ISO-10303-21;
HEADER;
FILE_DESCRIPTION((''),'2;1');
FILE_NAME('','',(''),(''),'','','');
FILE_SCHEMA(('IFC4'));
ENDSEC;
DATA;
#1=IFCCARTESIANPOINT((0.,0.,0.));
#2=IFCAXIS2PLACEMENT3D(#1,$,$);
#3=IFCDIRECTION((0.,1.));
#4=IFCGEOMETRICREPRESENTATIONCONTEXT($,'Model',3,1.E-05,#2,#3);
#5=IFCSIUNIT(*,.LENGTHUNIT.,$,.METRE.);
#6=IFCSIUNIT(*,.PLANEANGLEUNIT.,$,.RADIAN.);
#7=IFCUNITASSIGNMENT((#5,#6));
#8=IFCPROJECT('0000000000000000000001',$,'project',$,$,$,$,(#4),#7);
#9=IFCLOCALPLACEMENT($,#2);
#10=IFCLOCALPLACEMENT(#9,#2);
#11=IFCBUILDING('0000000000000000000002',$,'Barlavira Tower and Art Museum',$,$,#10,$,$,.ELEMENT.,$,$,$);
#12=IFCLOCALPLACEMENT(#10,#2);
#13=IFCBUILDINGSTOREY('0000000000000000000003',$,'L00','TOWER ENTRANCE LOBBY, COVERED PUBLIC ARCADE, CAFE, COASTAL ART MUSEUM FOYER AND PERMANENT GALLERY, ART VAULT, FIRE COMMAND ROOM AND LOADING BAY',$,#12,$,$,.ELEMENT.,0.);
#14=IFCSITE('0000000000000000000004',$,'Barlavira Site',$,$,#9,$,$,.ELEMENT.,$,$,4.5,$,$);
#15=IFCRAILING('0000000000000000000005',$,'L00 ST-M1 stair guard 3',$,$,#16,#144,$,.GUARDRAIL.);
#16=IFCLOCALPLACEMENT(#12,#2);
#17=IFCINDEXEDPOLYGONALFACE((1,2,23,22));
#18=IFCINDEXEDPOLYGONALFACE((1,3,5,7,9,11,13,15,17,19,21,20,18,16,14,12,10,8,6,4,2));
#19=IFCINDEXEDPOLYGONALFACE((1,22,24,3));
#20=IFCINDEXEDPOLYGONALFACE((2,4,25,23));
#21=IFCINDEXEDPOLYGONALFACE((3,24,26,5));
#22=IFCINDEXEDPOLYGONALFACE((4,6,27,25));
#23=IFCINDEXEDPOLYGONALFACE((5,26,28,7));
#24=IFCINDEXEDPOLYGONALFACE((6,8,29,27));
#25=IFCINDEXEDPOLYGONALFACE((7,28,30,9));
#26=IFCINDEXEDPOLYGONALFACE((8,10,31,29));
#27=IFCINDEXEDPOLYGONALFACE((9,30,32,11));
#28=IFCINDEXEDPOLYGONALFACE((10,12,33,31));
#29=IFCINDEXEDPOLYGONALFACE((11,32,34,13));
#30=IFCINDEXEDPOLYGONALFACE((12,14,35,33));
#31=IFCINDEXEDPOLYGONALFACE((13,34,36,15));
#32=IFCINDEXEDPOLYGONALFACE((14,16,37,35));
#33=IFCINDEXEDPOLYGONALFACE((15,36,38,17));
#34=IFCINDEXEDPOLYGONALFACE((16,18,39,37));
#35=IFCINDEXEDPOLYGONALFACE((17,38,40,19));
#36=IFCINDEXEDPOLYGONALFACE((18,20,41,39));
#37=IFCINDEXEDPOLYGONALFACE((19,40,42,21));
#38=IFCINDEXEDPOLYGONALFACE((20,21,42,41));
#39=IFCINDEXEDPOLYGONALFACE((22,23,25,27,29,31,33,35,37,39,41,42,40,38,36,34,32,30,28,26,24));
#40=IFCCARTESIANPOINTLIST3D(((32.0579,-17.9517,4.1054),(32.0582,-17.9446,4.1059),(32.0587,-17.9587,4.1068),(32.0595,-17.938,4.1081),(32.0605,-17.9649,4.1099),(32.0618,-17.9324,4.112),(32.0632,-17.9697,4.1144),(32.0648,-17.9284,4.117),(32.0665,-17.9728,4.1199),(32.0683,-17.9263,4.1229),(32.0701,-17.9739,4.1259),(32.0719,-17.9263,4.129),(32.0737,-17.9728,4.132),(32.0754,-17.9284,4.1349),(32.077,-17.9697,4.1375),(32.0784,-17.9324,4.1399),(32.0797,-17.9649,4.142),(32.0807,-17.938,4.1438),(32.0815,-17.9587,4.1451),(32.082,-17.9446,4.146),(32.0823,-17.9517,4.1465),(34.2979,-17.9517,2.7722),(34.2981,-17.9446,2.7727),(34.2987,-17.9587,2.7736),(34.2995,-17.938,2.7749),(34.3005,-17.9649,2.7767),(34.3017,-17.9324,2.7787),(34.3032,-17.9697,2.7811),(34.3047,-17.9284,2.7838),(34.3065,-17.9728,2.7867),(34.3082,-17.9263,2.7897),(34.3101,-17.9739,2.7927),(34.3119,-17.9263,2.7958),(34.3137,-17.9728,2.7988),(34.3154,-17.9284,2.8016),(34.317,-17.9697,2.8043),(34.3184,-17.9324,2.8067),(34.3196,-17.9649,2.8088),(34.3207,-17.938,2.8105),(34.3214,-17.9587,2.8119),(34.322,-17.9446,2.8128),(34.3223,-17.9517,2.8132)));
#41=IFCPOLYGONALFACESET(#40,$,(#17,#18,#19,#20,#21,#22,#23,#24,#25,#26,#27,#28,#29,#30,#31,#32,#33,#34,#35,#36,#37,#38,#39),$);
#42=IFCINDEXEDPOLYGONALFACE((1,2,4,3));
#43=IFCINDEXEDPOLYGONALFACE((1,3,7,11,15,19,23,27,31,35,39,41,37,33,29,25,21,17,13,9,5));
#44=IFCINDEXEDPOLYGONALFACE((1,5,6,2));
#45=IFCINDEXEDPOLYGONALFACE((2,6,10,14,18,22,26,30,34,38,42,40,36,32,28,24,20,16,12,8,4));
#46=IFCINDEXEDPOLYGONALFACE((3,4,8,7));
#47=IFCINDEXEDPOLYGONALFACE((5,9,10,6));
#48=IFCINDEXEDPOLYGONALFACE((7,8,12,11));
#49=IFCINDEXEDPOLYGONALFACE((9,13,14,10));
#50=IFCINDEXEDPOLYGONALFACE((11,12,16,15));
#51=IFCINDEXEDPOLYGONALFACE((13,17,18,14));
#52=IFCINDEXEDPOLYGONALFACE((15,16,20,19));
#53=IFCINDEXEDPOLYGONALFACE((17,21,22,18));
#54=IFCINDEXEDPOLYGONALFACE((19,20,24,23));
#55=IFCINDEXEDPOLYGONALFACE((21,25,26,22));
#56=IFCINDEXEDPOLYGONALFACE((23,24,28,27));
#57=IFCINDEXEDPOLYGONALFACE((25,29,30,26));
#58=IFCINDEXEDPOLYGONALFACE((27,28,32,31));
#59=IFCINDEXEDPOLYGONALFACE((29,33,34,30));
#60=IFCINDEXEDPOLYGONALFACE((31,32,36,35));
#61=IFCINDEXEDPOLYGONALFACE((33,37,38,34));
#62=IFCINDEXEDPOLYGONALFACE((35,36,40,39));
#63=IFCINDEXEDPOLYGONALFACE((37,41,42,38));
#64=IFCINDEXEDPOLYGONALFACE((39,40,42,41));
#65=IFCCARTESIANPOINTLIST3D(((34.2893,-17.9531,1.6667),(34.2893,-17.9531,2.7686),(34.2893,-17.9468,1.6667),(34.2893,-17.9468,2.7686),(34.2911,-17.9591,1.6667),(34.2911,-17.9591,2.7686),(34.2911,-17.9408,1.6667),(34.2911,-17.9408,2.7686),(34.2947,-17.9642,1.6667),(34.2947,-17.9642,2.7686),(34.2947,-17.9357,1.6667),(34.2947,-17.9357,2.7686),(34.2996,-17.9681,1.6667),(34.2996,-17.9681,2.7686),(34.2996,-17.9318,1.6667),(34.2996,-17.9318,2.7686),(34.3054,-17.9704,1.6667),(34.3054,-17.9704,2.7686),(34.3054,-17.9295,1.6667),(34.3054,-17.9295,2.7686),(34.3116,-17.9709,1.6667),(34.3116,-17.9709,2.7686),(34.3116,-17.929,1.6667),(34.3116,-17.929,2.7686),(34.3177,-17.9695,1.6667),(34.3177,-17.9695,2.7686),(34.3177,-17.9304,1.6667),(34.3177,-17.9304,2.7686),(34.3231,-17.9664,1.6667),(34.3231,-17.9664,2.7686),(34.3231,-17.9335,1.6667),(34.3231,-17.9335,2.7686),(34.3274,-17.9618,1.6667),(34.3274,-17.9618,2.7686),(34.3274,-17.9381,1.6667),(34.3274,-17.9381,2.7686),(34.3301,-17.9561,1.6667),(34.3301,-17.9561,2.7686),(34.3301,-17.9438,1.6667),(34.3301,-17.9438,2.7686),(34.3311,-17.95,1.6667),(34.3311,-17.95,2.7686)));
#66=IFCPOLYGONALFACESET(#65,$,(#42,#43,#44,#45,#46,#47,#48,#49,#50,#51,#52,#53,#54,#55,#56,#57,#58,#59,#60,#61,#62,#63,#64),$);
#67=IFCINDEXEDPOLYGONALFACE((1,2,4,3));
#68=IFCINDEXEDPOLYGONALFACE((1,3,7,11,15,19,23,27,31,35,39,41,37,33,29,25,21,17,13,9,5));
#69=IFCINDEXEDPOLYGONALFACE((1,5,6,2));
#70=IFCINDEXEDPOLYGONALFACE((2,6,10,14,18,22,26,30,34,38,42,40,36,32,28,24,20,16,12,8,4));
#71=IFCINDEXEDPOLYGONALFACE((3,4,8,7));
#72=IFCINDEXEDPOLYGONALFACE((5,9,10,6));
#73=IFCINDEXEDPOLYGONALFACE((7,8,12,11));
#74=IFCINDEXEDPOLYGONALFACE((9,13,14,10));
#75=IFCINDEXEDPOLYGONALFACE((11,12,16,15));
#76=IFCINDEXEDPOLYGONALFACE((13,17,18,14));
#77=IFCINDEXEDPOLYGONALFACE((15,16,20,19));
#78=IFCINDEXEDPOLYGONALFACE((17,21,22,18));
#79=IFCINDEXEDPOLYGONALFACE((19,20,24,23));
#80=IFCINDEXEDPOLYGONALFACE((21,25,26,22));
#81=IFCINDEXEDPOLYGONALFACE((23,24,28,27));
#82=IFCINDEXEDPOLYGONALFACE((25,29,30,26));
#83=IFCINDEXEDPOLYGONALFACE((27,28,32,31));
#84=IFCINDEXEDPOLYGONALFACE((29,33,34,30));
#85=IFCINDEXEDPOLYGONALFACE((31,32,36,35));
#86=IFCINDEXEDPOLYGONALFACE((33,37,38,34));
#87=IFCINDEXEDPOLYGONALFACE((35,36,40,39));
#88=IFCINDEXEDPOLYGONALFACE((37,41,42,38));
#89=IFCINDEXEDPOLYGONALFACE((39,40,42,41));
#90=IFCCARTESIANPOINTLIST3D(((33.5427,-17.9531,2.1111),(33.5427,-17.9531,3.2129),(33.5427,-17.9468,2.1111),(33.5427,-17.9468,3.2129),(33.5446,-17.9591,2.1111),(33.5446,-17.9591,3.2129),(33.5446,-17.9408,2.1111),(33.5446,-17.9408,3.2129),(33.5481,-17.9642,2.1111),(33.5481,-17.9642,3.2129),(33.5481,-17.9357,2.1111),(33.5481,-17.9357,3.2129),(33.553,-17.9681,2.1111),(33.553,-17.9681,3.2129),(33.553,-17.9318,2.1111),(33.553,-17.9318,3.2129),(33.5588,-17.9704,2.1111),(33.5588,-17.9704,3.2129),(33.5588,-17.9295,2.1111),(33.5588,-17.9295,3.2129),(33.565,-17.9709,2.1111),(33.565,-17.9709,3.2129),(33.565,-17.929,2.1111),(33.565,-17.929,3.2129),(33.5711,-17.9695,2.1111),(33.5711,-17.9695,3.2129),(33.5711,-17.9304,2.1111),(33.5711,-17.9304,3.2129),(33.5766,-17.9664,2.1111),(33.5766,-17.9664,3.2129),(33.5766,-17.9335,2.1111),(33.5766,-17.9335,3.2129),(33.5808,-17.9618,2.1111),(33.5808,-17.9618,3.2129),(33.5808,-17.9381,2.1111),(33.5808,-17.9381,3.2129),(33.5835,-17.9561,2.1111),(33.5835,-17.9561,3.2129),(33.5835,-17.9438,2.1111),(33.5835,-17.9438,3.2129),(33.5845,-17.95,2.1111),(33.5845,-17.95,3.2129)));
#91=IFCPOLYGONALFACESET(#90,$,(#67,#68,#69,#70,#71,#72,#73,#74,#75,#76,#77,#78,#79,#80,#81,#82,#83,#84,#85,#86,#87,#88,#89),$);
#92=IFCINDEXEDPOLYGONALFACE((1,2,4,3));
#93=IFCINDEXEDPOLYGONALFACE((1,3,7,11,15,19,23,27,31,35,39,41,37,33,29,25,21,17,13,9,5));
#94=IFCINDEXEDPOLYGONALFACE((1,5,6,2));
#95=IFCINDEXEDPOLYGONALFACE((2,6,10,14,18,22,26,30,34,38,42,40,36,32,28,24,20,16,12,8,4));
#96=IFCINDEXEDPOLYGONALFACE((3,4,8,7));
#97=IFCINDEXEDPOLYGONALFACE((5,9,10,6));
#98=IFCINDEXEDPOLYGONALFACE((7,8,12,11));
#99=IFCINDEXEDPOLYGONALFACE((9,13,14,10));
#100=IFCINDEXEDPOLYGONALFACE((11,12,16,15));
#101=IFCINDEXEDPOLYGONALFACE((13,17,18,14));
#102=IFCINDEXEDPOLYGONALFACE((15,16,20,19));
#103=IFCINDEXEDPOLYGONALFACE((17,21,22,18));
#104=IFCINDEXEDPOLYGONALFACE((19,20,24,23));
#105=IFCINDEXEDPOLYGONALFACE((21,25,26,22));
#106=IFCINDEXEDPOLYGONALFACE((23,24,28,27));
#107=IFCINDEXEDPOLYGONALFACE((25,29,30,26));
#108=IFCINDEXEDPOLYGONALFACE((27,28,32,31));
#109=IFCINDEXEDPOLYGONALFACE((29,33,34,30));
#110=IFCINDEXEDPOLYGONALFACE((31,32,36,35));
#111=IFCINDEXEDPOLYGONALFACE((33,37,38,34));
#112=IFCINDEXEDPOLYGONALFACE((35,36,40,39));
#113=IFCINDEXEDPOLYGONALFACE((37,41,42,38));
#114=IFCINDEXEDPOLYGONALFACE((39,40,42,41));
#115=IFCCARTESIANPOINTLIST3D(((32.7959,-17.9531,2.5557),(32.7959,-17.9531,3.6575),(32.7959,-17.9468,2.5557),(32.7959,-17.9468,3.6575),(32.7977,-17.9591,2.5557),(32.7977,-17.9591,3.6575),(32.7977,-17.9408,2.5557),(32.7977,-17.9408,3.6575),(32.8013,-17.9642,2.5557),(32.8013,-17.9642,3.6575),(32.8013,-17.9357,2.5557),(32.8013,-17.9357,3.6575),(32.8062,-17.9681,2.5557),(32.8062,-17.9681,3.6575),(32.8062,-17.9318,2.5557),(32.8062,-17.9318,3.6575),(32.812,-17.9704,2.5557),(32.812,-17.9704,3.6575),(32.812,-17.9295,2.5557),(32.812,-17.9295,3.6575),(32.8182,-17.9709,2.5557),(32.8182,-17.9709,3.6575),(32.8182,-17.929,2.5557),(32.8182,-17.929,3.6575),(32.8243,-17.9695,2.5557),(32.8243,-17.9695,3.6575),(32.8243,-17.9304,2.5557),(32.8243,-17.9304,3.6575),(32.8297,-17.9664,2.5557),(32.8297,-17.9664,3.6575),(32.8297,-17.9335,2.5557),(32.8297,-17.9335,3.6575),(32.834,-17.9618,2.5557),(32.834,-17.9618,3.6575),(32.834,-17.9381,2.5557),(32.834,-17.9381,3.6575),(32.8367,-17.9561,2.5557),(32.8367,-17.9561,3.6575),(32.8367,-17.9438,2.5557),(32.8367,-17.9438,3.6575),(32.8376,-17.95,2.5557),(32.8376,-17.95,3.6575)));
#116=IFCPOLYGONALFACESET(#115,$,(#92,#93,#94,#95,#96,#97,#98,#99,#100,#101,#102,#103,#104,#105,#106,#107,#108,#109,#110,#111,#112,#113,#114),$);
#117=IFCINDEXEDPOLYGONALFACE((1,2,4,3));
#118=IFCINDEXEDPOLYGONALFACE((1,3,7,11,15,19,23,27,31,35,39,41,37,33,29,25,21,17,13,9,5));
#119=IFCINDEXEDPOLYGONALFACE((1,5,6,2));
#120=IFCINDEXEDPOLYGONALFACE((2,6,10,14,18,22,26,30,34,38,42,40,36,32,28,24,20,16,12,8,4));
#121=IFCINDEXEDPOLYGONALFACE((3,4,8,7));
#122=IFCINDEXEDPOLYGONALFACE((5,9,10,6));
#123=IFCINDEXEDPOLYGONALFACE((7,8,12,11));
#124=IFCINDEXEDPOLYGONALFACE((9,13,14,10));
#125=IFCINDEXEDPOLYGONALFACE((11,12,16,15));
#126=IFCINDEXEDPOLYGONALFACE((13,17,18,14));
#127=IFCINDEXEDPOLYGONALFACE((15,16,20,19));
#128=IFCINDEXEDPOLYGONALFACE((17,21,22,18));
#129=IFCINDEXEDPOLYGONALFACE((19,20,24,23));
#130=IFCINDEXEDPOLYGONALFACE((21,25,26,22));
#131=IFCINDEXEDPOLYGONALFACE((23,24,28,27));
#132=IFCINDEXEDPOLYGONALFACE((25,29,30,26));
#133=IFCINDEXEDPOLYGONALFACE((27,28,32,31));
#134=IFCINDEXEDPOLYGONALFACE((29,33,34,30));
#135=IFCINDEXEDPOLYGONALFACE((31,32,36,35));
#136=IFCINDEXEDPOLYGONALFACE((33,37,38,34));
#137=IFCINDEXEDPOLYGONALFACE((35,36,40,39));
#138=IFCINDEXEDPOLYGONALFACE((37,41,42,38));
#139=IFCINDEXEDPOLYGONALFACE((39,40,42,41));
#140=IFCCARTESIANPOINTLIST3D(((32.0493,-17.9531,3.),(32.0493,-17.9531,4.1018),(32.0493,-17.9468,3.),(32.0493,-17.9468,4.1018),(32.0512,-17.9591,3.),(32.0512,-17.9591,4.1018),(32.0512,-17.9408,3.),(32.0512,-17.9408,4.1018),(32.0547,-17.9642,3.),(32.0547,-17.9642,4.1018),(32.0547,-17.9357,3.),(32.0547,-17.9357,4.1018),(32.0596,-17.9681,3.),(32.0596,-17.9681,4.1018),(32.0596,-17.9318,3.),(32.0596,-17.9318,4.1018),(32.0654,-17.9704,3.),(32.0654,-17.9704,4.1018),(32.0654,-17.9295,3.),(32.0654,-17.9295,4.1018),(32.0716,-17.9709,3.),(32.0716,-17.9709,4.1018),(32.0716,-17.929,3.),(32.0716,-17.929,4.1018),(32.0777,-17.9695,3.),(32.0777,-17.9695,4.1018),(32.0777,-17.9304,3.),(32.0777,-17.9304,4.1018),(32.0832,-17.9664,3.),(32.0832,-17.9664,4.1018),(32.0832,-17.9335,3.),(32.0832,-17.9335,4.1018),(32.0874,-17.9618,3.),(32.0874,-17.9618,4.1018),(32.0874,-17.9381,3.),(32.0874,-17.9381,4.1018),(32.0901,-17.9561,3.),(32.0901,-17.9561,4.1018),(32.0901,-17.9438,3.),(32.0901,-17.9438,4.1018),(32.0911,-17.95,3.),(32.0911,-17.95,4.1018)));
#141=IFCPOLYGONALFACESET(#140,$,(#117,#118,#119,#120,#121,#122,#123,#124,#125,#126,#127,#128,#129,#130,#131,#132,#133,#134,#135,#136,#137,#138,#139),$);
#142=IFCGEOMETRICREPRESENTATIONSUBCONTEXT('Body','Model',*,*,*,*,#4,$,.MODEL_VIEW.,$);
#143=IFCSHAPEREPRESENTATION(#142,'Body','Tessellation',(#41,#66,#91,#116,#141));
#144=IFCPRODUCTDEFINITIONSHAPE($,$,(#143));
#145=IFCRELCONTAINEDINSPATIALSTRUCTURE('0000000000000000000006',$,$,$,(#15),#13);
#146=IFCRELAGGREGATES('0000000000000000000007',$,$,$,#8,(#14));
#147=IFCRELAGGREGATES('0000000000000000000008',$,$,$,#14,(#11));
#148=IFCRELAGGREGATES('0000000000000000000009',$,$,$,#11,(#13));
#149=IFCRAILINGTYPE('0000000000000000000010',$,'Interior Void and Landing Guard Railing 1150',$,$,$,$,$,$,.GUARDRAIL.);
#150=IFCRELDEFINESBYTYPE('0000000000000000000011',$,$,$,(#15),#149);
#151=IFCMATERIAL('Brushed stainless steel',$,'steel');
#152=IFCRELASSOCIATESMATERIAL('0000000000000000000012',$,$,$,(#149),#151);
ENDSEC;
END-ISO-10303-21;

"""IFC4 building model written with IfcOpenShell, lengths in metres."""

from ifc_helpers import new_model, si_unit, direction, frame, origin, origin_2d, place, context, subcontext, project, spatial, circle, extrude, material, type_object, element, save


model = new_model("IFC4")

# Units and contexts
model_context = context("Model", 3, precision=1e-05, world=origin(), true_north=direction((0.0, 1.0)))
body_context = subcontext(model_context, "Body", "Model", "MODEL_VIEW")
ifc_project = project(units=[si_unit("LENGTHUNIT", "METRE"), si_unit("PLANEANGLEUNIT", "RADIAN")], contexts=[model_context])

# Site, building, storey
site_placement = place(None, origin())
site = spatial("IfcSite", under=ifc_project, at=site_placement, Name="Barlavira Site", CompositionType="ELEMENT", RefElevation=4.5)
building_placement = place(site_placement, origin())
building = spatial("IfcBuilding", under=site, at=building_placement, Name="Barlavira Tower and Art Museum", CompositionType="ELEMENT")
storey_placement = place(building_placement, origin())
storey = spatial("IfcBuildingStorey", under=building, at=storey_placement, Name="L00", Description="TOWER ENTRANCE LOBBY, COVERED PUBLIC ARCADE, CAFE, COASTAL ART MUSEUM FOYER AND PERMANENT GALLERY, ART VAULT, FIRE COMMAND ROOM AND LOADING BAY", CompositionType="ELEMENT", Elevation=0.0)

# Shared definitions
ifc_material_1 = material(Name="Brushed stainless steel", Category="steel")

# Railing
railing_type_1 = type_object("IfcRailingType", Name="Interior Void and Landing Guard Railing 1150", PredefinedType="GUARDRAIL", material=ifc_material_1)
railing_1_placement = place(storey_placement, frame((34.3101, -17.95, 1.6667)))
element("IfcRailing", 1, at=railing_1_placement, inside=storey, type_object=railing_type_1, Name="L00 ST-M1 stair guard 3", PredefinedType="GUARDRAIL", context=body_context, shape_type="SweptSolid", body=[
    extrude(circle(Radius=0.0239, at=origin_2d()), frame((0.0, 0.0, 1.126), z_axis=(-0.859306, 0.0, 0.511462), x_axis=(0.0, -1.0, 0.0)), (0.0, 0.0, 1.0), 2.6067),
    extrude(circle(Radius=0.021, at=origin_2d()), origin(), (0.0, 0.0, 1.0), 1.1018),
    extrude(circle(Radius=0.021, at=origin_2d()), frame((-0.7466, 0.0, 0.4443)), (0.0, 0.0, 1.0), 1.1018),
    extrude(circle(Radius=0.021, at=origin_2d()), frame((-1.4934, 0.0, 0.8889)), (0.0, 0.0, 1.0), 1.1018),
    extrude(circle(Radius=0.021, at=origin_2d()), frame((-2.24, 0.0, 1.3333)), (0.0, 0.0, 1.0), 1.1018),
])

save(model, "model.ifc")
